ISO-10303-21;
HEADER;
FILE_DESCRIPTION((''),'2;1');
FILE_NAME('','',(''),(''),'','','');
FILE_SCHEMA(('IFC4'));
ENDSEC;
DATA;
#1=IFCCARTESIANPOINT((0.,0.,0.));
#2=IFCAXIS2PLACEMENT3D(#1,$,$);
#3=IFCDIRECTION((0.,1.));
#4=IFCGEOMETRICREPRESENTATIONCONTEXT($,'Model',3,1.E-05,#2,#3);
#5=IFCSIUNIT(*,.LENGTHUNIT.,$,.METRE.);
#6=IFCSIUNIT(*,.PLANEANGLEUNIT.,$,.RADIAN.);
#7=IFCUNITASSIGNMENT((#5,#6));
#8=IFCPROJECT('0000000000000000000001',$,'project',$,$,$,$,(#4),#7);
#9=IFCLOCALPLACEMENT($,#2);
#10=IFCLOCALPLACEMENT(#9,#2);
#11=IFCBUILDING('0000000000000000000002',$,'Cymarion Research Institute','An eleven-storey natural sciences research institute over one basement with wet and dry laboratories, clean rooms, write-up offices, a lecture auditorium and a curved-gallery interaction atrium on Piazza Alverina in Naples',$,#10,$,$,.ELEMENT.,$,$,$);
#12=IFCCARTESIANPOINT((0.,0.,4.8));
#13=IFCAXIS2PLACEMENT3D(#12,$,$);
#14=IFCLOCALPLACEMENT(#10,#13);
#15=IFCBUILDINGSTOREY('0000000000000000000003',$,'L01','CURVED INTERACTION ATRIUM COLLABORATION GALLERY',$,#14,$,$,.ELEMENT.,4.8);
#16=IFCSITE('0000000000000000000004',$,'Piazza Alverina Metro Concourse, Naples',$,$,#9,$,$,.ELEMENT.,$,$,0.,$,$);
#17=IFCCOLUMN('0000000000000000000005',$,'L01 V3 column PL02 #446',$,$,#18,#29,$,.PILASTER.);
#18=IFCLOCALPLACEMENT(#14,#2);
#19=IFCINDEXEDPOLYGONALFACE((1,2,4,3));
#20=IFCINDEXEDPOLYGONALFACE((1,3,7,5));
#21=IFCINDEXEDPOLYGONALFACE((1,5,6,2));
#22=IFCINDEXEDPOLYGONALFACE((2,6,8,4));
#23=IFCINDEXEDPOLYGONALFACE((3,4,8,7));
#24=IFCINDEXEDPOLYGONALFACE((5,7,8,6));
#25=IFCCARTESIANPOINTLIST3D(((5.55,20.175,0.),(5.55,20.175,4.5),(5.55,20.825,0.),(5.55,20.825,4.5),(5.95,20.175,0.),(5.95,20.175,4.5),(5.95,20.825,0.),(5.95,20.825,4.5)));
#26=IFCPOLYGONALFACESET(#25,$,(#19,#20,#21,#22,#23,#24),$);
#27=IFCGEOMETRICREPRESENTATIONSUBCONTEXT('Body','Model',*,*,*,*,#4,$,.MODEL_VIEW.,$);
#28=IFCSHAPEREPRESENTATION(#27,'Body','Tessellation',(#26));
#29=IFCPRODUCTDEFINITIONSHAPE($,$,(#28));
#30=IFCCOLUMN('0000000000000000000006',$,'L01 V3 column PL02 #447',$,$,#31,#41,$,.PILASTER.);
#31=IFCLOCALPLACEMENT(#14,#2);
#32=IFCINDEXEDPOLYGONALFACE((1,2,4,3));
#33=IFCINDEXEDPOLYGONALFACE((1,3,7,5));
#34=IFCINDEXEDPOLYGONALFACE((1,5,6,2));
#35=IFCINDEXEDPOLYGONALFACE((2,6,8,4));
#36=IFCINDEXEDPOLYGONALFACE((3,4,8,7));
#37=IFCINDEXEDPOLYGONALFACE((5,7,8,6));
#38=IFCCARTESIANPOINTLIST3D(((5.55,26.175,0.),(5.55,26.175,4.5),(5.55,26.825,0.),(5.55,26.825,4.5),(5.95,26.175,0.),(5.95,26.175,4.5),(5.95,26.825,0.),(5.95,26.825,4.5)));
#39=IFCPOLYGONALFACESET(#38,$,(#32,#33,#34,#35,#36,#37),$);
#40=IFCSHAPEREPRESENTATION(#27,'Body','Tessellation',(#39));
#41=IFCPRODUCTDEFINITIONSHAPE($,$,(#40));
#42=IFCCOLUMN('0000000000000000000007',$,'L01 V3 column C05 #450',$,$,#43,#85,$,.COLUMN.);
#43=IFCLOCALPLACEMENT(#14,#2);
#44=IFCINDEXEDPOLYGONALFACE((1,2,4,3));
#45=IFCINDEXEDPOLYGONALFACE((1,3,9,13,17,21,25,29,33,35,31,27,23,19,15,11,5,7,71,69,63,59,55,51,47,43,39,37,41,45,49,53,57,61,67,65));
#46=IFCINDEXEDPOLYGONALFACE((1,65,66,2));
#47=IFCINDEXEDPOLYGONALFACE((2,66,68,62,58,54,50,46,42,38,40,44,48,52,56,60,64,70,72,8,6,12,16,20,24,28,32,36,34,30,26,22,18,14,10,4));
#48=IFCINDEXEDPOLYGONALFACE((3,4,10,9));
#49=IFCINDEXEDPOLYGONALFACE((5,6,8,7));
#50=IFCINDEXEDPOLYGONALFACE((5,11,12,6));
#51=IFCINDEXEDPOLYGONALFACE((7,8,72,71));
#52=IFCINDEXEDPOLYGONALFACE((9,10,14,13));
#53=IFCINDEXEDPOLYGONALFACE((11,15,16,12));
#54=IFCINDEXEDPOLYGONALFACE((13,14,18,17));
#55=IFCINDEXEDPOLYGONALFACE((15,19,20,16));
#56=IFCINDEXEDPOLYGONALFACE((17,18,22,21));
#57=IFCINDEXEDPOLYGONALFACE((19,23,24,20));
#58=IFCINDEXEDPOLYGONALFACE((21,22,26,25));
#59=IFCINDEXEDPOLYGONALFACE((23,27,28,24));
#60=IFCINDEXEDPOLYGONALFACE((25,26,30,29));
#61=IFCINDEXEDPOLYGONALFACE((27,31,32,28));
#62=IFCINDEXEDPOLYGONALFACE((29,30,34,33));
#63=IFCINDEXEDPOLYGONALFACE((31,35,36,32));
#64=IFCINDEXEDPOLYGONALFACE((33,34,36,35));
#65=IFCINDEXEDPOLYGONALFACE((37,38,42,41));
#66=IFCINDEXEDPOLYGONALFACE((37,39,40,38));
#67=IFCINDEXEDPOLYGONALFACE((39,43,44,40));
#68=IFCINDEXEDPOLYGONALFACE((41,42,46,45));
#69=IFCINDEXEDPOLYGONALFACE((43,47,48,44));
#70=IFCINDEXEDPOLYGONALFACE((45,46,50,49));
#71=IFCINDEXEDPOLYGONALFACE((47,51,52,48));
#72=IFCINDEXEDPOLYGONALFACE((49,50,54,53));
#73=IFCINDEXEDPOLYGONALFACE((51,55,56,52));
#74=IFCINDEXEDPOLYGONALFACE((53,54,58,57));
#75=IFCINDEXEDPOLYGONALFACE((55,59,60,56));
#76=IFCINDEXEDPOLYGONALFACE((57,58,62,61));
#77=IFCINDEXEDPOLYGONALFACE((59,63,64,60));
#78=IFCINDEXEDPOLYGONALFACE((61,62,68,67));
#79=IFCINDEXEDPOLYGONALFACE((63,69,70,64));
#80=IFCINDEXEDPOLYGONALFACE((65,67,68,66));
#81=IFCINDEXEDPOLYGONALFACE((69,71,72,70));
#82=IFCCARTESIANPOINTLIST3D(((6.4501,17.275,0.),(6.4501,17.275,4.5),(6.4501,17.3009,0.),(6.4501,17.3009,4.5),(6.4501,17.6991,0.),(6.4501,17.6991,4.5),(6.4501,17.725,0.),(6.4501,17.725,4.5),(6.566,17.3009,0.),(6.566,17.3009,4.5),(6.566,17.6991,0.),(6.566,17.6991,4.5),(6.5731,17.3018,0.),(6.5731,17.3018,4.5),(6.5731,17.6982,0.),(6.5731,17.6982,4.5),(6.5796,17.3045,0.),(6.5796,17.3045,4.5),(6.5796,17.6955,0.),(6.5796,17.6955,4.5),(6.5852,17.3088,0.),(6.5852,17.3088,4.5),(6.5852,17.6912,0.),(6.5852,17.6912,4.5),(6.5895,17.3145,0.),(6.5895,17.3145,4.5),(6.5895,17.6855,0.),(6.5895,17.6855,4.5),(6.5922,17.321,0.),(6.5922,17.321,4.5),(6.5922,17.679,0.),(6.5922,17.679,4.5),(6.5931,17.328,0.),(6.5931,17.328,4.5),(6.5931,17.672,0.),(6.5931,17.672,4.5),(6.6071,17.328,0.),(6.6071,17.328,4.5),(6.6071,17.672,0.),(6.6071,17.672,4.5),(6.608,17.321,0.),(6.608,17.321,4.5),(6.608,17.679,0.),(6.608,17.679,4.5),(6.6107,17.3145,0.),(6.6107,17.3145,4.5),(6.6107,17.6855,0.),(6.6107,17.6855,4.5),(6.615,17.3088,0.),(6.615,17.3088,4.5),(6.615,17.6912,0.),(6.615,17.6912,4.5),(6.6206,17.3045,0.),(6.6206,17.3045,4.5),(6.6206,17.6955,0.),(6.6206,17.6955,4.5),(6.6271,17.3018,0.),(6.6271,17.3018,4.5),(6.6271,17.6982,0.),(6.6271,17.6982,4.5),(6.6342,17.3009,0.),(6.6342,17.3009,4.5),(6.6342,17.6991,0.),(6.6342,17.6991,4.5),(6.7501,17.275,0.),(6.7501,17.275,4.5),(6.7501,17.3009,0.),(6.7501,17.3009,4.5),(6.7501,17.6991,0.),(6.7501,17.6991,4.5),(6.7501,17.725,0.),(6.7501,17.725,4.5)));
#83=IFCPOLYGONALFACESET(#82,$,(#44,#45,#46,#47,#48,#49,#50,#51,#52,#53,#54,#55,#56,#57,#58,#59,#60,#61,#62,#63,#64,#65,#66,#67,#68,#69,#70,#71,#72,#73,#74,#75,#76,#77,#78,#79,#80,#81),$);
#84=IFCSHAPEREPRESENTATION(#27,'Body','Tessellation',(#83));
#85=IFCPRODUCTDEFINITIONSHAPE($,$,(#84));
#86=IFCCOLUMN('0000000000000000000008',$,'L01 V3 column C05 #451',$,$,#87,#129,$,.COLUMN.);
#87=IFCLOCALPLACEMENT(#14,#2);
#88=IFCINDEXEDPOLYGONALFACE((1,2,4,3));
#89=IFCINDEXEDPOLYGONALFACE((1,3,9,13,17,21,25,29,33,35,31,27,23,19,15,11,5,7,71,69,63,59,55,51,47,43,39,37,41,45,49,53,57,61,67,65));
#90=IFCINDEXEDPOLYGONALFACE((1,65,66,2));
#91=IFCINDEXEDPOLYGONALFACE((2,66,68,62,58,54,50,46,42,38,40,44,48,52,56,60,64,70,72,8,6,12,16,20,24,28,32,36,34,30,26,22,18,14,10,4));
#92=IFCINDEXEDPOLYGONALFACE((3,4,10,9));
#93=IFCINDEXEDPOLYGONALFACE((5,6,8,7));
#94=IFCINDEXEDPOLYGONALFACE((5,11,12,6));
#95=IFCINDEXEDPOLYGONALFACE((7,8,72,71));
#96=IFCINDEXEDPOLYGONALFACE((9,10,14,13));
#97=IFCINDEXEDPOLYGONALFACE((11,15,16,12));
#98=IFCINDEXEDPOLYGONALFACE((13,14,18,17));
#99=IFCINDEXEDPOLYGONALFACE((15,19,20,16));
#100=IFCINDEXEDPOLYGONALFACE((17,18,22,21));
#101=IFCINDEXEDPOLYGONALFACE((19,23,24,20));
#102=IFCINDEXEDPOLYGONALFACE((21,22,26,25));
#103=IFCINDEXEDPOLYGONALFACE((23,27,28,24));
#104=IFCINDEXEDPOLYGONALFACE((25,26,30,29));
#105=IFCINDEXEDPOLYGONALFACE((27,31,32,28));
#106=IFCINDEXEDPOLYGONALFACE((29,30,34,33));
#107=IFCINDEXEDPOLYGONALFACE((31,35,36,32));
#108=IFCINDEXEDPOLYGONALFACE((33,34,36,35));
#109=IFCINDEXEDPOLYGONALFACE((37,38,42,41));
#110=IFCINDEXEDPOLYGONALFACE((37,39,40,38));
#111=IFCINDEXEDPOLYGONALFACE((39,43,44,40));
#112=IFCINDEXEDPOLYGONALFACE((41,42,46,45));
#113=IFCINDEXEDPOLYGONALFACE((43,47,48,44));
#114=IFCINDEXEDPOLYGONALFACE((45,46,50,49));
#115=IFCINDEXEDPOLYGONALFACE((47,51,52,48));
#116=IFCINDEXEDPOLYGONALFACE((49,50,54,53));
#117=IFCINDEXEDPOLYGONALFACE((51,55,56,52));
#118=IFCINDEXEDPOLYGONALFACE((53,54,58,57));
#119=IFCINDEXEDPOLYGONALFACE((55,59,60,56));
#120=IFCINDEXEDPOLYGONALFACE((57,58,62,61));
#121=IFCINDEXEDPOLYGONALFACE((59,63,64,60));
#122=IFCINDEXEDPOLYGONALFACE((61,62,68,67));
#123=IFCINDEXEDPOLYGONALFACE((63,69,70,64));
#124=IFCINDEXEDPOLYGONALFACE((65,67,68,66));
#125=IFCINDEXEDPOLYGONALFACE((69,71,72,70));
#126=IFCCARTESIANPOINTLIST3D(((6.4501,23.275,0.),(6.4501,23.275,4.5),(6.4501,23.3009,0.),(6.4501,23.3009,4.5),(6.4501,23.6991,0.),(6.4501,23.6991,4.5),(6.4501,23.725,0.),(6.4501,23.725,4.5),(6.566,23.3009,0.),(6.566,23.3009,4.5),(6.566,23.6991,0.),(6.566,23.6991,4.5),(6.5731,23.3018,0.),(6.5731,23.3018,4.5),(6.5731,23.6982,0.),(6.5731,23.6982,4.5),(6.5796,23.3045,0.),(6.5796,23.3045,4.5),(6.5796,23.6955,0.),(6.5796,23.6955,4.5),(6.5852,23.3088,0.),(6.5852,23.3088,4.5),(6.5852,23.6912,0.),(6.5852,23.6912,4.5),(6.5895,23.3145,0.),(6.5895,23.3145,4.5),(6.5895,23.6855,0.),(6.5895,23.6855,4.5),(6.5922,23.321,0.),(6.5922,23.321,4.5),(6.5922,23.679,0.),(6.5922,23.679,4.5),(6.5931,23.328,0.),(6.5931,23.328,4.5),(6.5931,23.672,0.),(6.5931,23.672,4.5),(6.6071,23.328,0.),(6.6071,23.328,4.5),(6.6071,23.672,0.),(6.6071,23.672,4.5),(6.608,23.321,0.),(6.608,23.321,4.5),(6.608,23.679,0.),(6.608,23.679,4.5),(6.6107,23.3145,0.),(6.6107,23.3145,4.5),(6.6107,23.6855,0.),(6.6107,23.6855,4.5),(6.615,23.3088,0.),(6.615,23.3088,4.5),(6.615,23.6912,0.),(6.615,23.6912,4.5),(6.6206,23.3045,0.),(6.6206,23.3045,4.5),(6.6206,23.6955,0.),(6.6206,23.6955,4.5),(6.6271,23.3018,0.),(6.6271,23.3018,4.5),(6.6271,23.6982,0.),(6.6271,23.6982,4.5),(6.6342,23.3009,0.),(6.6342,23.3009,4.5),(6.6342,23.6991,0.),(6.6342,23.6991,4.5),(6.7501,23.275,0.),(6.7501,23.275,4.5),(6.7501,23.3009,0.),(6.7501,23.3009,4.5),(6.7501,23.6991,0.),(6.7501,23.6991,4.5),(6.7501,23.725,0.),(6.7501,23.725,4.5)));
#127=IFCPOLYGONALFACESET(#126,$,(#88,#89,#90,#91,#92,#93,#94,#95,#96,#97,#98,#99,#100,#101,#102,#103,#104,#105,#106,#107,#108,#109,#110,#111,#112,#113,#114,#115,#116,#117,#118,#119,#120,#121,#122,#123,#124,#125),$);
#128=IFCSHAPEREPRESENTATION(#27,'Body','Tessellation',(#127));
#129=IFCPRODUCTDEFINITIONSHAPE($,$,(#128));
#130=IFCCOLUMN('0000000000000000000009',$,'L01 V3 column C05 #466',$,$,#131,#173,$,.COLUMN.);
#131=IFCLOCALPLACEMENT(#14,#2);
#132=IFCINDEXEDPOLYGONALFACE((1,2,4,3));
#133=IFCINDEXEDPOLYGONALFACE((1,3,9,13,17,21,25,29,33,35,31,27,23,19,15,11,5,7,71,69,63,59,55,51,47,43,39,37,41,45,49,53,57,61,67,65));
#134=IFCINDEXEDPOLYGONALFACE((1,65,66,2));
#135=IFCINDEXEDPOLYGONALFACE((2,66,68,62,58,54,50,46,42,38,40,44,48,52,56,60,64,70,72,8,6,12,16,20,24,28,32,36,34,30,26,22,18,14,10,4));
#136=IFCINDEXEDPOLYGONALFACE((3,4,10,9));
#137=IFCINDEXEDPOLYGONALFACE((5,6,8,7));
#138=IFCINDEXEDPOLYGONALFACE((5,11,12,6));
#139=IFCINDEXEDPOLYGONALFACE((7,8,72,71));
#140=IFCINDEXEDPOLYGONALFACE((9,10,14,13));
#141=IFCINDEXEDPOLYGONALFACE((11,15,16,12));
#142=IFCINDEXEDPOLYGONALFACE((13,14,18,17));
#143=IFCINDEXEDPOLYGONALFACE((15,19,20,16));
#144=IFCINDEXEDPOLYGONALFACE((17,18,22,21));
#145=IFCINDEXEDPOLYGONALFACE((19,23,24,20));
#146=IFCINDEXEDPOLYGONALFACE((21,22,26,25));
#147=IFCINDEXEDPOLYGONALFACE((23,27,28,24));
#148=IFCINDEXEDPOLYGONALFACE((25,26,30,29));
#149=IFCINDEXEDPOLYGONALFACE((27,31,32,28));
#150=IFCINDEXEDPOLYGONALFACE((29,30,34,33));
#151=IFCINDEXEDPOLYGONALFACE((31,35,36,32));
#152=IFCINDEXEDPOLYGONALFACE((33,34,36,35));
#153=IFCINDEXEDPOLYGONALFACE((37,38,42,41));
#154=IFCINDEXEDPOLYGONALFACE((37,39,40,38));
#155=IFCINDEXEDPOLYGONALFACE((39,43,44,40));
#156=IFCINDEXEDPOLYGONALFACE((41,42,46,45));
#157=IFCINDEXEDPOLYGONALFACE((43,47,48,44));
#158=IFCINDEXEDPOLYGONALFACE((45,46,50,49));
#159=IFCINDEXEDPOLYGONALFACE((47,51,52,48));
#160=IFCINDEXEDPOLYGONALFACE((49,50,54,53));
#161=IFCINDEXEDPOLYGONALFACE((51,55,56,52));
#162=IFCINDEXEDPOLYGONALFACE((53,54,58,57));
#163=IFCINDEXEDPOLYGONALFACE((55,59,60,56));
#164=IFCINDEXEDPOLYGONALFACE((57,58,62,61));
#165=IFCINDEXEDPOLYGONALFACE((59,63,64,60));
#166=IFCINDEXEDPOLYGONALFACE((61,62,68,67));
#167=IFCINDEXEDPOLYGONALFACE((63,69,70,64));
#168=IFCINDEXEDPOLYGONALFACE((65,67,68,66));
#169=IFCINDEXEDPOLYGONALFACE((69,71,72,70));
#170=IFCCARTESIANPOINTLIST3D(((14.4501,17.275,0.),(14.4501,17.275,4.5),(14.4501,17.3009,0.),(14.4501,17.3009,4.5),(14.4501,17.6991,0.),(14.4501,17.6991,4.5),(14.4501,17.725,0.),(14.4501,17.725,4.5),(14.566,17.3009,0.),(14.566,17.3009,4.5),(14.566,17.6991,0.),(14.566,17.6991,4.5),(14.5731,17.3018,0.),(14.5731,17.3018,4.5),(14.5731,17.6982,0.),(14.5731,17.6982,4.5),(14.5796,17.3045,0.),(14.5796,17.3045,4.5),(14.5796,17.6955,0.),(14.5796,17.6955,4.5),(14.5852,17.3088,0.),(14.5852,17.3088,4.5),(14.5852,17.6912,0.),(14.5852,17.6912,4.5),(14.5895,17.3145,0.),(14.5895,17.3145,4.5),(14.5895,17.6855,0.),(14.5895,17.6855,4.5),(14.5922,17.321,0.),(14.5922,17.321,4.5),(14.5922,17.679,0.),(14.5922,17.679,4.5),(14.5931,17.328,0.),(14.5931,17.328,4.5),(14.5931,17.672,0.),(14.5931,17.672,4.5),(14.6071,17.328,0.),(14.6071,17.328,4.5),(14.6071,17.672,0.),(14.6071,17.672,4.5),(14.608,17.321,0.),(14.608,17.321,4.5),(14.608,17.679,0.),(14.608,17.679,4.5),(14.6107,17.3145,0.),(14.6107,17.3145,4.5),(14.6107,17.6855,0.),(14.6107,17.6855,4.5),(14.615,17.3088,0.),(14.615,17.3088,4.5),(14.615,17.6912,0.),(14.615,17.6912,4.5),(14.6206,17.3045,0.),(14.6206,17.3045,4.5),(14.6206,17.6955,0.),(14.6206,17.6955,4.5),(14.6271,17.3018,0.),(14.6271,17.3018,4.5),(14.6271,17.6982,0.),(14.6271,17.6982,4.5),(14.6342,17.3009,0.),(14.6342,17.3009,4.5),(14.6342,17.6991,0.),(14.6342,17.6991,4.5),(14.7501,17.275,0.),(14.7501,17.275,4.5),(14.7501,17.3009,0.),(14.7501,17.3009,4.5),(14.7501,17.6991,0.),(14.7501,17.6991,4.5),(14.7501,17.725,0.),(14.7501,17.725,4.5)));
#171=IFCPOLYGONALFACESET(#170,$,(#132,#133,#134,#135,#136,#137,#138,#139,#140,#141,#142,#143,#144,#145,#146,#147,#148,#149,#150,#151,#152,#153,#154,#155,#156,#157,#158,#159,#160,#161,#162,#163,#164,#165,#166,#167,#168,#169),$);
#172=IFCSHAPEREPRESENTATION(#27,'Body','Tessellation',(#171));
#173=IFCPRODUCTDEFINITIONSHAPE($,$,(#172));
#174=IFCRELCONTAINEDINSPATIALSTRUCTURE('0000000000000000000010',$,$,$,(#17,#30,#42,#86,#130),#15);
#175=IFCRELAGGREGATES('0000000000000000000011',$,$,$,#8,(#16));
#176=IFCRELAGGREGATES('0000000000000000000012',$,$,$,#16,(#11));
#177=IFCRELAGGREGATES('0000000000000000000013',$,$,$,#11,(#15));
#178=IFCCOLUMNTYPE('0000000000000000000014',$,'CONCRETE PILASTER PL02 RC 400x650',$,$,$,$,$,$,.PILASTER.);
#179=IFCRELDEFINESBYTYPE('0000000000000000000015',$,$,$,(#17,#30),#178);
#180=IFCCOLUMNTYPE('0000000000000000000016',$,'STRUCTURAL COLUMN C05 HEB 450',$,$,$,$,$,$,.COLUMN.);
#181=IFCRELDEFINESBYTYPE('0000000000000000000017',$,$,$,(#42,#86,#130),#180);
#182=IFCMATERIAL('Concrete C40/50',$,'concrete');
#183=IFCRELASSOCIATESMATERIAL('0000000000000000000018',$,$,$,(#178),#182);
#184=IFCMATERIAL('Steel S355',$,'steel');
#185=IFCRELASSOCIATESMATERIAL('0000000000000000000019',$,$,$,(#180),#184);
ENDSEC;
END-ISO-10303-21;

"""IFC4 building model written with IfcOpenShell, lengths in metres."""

from ifc_helpers import new_model, si_unit, direction, frame, origin, origin_2d, place, context, subcontext, project, spatial, rectangle, i_section, extrude, material, material_profile, profile_set, type_object, element, save


model = new_model("IFC4")

# Units and contexts
model_context = context("Model", 3, precision=1e-05, world=origin(), true_north=direction((0.0, 1.0)))
body_context = subcontext(model_context, "Body", "Model", "MODEL_VIEW")
ifc_project = project(units=[si_unit("LENGTHUNIT", "METRE"), si_unit("PLANEANGLEUNIT", "RADIAN")], contexts=[model_context])

# Site, building, storey
site_placement = place(None, origin())
site = spatial("IfcSite", under=ifc_project, at=site_placement, Name="Piazza Alverina Metro Concourse, Naples", CompositionType="ELEMENT", RefElevation=0.0)
building_placement = place(site_placement, origin())
building = spatial("IfcBuilding", under=site, at=building_placement, Name="Cymarion Research Institute", Description="An eleven-storey natural sciences research institute over one basement with wet and dry laboratories, clean rooms, write-up offices, a lecture auditorium and a curved-gallery interaction atrium on Piazza Alverina in Naples", CompositionType="ELEMENT")
storey_placement = place(building_placement, frame((0.0, 0.0, 4.8)))
storey = spatial("IfcBuildingStorey", under=building, at=storey_placement, Name="L01", Description="CURVED INTERACTION ATRIUM COLLABORATION GALLERY", CompositionType="ELEMENT", Elevation=4.8)

# Columns
ifc_material_1 = material(Name="Concrete C40/50", Category="concrete")
ifc_material_profile_1 = material_profile(ifc_material_1, rectangle(XDim=0.3999, YDim=0.6499, at=origin_2d()), Name="RC 400x650")
ifc_profile_set_1 = profile_set([ifc_material_profile_1], Name="Concrete C40/50")
column_type_1 = type_object("IfcColumnType", Name="CONCRETE PILASTER PL02 RC 400x650", PredefinedType="PILASTER", material=ifc_profile_set_1)
for number, where, z_axis, x_axis, name in (
    (1, (5.75, 20.5, 0.0), (0.0, 0.0, 1.0), (1.0, 0.0, 0.0), "L01 V3 column PL02 #446"),
    (2, (5.75, 26.5, 0.0), (0.0, 0.0, 1.0), (1.0, 0.0, 0.0), "L01 V3 column PL02 #447"),
):
    element("IfcColumn", number, at=place(storey_placement, frame(where, z_axis=z_axis, x_axis=x_axis)), inside=storey, type_object=column_type_1, Name=name, PredefinedType="PILASTER", context=body_context, shape_type="SweptSolid", body=[
        extrude(rectangle(XDim=0.3999, YDim=0.6499, at=origin_2d()), origin(), (0.0, 0.0, 1.0), 4.5),
    ])
ifc_material_2 = material(Name="Steel S355", Category="steel")
ifc_material_profile_2 = material_profile(ifc_material_2, i_section(OverallWidth=0.3, OverallDepth=0.45, WebThickness=0.0139, FlangeThickness=0.0259, FilletRadius=0.0271, at=origin_2d()), Name="HEB 450")
ifc_profile_set_2 = profile_set([ifc_material_profile_2], Name="Steel S355")
column_type_2 = type_object("IfcColumnType", Name="STRUCTURAL COLUMN C05 HEB 450", PredefinedType="COLUMN", material=ifc_profile_set_2)
for number, where, z_axis, x_axis, name in (
    (3, (6.6001, 17.5, 0.0), (0.0, 0.0, 1.0), (1.0, 0.0, 0.0), "L01 V3 column C05 #450"),
    (4, (6.6001, 23.5, 0.0), (0.0, 0.0, 1.0), (1.0, 0.0, 0.0), "L01 V3 column C05 #451"),
    (5, (14.6001, 17.5, 0.0), (0.0, 0.0, 1.0), (1.0, 0.0, 0.0), "L01 V3 column C05 #466"),
):
    element("IfcColumn", number, at=place(storey_placement, frame(where, z_axis=z_axis, x_axis=x_axis)), inside=storey, type_object=column_type_2, Name=name, PredefinedType="COLUMN", context=body_context, shape_type="SweptSolid", body=[
        extrude(i_section(OverallWidth=0.3, OverallDepth=0.45, WebThickness=0.0139, FlangeThickness=0.0259, FilletRadius=0.0271, at=origin_2d()), origin(), (0.0, 0.0, 1.0), 4.5),
    ])

save(model, "model.ifc")
